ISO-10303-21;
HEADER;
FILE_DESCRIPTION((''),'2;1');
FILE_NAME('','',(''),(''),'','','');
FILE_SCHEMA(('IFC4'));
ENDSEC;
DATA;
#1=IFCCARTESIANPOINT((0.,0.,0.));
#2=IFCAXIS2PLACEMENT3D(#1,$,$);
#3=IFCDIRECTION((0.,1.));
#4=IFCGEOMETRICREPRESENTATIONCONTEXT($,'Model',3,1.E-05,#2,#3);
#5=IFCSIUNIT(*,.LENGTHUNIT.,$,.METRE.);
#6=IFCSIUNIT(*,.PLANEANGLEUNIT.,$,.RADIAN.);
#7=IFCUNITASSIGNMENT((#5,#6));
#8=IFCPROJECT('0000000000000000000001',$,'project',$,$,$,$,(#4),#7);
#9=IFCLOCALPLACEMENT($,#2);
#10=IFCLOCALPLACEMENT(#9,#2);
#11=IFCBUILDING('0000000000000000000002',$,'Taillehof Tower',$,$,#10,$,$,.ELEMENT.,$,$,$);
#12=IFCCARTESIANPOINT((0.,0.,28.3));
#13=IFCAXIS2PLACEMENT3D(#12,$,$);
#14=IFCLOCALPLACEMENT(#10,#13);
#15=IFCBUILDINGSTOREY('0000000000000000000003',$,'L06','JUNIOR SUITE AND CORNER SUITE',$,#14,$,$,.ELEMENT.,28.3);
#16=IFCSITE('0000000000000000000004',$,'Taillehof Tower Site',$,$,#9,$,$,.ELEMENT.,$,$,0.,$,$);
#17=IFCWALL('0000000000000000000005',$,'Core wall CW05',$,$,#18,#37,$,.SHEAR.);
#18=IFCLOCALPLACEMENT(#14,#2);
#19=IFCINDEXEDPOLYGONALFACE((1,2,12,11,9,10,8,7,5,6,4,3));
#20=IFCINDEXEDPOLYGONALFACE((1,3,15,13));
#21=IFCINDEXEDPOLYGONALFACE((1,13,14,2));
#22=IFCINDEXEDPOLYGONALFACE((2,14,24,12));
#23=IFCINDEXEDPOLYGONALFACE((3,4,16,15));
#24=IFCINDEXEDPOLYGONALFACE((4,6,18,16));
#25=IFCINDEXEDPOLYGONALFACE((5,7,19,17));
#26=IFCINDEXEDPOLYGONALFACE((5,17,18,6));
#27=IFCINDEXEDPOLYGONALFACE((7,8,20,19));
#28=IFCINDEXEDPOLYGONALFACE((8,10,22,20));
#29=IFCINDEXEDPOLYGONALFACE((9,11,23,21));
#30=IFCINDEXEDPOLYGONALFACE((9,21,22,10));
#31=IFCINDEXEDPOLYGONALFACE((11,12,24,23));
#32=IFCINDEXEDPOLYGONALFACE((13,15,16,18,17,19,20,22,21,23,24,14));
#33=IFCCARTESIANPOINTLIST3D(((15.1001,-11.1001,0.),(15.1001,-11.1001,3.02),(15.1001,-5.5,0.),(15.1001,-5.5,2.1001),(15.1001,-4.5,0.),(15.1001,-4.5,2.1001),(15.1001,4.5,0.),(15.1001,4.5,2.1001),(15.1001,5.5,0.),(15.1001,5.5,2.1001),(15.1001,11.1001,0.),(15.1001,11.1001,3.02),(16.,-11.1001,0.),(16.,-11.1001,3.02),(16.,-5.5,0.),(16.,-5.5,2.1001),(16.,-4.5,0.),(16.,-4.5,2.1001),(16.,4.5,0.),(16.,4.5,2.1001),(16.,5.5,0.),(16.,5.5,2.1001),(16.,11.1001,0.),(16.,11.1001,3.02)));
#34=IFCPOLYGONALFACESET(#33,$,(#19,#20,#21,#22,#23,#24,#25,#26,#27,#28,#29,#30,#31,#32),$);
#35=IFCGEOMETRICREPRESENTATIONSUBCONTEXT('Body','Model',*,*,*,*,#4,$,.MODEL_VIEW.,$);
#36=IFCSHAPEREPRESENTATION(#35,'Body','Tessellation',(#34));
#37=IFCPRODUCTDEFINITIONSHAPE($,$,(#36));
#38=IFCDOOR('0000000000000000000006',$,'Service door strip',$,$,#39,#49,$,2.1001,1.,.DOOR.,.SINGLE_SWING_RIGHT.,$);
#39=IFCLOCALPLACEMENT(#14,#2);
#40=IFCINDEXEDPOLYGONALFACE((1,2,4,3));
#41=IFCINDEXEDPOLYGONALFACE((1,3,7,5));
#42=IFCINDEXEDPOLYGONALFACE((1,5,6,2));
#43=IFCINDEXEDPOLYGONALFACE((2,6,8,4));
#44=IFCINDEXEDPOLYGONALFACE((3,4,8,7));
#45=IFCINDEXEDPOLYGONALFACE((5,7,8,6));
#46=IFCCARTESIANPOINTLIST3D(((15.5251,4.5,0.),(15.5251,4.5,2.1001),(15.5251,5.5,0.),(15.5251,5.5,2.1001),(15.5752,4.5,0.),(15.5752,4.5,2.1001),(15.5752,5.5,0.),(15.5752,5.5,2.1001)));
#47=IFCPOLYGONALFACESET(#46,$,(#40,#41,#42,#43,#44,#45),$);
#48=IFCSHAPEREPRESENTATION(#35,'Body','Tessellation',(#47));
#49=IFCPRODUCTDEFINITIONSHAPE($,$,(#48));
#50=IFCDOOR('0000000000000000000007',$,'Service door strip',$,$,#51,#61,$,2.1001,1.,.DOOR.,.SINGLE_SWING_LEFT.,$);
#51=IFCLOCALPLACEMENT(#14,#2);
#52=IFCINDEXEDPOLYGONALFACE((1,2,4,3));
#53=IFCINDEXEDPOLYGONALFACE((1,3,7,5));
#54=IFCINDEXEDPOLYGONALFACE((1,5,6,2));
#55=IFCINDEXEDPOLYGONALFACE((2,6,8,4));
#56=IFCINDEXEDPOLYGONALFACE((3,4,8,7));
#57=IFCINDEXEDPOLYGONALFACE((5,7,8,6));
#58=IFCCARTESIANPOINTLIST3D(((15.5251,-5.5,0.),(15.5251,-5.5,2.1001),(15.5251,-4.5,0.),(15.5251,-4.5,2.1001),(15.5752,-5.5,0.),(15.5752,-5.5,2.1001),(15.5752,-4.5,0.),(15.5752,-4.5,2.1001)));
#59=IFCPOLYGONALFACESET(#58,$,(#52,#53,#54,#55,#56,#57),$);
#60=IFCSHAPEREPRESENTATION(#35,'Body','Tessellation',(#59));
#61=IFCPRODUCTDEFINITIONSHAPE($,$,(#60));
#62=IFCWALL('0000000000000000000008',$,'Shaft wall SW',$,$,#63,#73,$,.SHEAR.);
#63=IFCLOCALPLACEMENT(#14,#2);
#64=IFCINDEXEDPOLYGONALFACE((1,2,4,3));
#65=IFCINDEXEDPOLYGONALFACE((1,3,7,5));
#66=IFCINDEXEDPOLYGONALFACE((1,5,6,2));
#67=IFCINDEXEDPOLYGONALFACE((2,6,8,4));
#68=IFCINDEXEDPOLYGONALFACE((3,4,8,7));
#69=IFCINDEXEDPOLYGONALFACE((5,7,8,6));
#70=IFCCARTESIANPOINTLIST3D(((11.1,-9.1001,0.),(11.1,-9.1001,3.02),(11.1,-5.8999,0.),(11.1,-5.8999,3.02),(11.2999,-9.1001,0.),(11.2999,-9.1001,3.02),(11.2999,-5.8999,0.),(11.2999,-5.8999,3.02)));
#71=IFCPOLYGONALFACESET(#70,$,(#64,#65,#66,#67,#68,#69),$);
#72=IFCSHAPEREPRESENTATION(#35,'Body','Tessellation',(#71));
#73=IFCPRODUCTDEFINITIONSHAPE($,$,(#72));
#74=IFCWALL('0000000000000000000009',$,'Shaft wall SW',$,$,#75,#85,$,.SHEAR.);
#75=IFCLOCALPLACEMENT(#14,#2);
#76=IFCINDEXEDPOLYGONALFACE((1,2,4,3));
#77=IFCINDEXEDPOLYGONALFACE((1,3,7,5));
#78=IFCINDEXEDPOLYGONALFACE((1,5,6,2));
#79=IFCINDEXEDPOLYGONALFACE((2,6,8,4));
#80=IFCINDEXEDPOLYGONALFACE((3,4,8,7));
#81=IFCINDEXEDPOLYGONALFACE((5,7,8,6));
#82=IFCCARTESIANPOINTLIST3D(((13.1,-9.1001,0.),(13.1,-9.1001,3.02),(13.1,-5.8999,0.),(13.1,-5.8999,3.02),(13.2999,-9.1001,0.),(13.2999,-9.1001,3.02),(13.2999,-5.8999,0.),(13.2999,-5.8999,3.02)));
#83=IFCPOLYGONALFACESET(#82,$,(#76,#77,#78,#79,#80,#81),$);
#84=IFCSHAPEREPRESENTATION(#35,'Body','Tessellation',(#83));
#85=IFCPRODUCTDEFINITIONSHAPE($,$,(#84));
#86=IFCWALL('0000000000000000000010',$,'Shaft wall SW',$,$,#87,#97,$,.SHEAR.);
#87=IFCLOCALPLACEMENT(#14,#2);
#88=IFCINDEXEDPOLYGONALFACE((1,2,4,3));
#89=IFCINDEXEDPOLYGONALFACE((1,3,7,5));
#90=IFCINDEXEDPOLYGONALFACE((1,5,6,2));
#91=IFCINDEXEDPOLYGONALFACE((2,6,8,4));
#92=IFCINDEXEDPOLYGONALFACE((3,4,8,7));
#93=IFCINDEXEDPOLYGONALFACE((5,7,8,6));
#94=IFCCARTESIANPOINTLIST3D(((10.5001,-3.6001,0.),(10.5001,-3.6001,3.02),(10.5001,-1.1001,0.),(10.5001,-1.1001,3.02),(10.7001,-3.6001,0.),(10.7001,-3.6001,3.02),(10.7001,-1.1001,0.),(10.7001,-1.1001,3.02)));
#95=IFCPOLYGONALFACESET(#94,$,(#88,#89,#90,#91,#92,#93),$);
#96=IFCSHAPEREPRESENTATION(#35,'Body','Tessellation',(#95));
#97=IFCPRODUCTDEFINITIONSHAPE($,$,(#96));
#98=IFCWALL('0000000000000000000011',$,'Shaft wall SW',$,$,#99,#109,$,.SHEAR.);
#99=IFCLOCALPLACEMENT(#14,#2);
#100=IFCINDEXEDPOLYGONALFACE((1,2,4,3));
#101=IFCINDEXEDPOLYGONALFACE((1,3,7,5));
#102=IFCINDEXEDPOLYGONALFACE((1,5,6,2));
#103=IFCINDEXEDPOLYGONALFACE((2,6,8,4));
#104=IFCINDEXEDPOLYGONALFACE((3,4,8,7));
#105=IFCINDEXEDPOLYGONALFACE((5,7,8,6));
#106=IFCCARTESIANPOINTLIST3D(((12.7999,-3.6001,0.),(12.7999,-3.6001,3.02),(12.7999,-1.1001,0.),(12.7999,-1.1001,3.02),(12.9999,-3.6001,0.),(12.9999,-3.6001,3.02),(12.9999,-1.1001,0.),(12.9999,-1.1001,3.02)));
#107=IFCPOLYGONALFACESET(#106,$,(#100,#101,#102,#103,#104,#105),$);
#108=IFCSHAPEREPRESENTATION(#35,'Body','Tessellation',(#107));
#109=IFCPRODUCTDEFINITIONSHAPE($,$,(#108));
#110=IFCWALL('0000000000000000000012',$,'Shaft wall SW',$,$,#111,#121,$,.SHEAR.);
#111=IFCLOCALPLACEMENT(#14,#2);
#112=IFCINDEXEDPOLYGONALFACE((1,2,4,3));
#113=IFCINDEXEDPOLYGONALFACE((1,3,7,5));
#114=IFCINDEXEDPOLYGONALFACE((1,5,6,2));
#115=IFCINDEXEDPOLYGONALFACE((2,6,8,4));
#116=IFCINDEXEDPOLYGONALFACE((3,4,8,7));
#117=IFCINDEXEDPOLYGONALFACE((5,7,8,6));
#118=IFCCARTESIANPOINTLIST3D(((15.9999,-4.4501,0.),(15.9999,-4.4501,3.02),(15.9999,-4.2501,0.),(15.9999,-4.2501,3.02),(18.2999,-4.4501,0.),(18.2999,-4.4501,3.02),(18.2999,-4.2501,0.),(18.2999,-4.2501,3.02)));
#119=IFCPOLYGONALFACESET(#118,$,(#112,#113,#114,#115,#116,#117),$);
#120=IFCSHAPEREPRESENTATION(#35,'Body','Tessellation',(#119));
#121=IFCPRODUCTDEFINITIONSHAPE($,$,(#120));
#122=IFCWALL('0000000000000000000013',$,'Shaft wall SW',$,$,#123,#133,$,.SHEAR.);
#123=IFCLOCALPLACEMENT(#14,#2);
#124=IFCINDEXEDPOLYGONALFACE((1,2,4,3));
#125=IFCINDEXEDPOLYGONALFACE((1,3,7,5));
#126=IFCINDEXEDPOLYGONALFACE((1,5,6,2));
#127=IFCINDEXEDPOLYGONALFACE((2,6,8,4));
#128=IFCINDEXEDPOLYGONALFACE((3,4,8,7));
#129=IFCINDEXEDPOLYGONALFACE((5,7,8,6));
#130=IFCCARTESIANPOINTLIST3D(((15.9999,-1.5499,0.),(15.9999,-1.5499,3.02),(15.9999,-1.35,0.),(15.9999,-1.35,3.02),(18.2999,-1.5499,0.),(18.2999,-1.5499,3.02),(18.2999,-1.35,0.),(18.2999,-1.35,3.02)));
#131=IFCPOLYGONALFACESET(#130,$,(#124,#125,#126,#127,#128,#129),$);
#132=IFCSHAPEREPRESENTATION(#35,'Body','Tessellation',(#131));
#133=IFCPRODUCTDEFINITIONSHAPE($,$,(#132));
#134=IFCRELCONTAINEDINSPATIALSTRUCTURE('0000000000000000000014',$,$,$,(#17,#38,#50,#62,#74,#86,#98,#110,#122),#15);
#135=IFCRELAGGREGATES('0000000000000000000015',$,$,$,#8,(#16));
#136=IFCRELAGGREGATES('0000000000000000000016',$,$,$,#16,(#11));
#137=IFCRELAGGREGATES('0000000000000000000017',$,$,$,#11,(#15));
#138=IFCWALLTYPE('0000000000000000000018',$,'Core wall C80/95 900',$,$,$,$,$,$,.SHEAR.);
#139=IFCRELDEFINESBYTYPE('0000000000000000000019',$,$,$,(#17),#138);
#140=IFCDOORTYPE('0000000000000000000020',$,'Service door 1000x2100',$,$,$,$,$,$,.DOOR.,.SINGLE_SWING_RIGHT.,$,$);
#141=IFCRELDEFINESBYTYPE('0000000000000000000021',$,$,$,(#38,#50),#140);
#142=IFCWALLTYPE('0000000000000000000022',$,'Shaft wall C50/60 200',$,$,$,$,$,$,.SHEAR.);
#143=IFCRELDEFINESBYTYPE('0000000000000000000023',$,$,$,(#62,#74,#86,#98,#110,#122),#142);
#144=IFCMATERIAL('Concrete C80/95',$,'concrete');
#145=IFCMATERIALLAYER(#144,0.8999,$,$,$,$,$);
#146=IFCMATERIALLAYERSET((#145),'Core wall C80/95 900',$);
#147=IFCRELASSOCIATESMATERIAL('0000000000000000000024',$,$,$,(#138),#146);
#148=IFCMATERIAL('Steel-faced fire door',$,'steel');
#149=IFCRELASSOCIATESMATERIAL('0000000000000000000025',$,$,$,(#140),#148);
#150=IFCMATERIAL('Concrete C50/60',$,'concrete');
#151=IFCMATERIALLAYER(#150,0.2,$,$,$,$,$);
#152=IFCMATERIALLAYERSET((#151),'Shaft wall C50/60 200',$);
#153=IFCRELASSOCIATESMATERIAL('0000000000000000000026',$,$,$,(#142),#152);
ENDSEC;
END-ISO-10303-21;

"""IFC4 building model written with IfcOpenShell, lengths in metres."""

from ifc_helpers import new_model, si_unit, direction, frame, frame_2d, origin, place, context, subcontext, project, spatial, rectangle, extrude, material, layer, layer_set, type_object, element, fill, save


model = new_model("IFC4")

# Units and contexts
model_context = context("Model", 3, precision=1e-05, world=origin(), true_north=direction((0.0, 1.0)))
body_context = subcontext(model_context, "Body", "Model", "MODEL_VIEW")
ifc_project = project(units=[si_unit("LENGTHUNIT", "METRE"), si_unit("PLANEANGLEUNIT", "RADIAN")], contexts=[model_context])

# Site, building, storey
site_placement = place(None, origin())
site = spatial("IfcSite", under=ifc_project, at=site_placement, Name="Taillehof Tower Site", CompositionType="ELEMENT", RefElevation=0.0)
building_placement = place(site_placement, origin())
building = spatial("IfcBuilding", under=site, at=building_placement, Name="Taillehof Tower", CompositionType="ELEMENT")
storey_placement = place(building_placement, frame((0.0, 0.0, 28.3)))
storey = spatial("IfcBuildingStorey", under=building, at=storey_placement, Name="L06", Description="JUNIOR SUITE AND CORNER SUITE", CompositionType="ELEMENT", Elevation=28.3)

# Wall, openings, doors
ifc_material_1 = material(Name="Concrete C80/95", Category="concrete")
ifc_layer_1 = layer(ifc_material_1, 0.8999)
ifc_layer_set_1 = layer_set([ifc_layer_1], Name="Core wall C80/95 900")
wall_type_1 = type_object("IfcWallType", Name="Core wall C80/95 900", PredefinedType="SHEAR", material=ifc_layer_set_1)
wall_1_placement = place(storey_placement, frame((15.55, -11.1001, 0.0), z_axis=(0.0, 0.0, 1.0), x_axis=(0.0, 1.0, 0.0)))
wall_1 = element("IfcWall", 1, at=wall_1_placement, inside=storey, type_object=wall_type_1, Name="Core wall CW05", PredefinedType="SHEAR", context=body_context, shape_type="SweptSolid", body=[
    extrude(rectangle(XDim=22.2002, YDim=0.8999, at=frame_2d((11.1001, 0.0))), origin(), (0.0, 0.0, 1.0), 3.02),
])
opening_1_placement = place(wall_1_placement, frame((15.6001, 0.0, 0.0)))
opening_1 = element("IfcOpeningElement", 2, at=opening_1_placement, cuts=wall_1, PredefinedType="OPENING", context=body_context, shape_type="SweptSolid", body=[
    extrude(rectangle(XDim=1.0, YDim=2.1001, at=frame_2d((0.5, 1.05))), frame((0.0, 0.46, 0.0), z_axis=(0.0, -1.0, 0.0), x_axis=(1.0, 0.0, 0.0)), (0.0, 0.0, 1.0), 0.9199),
])
opening_2_placement = place(wall_1_placement, frame((5.6001, 0.0, 0.0)))
opening_2 = element("IfcOpeningElement", 3, at=opening_2_placement, cuts=wall_1, PredefinedType="OPENING", context=body_context, shape_type="SweptSolid", body=[
    extrude(rectangle(XDim=1.0, YDim=2.1001, at=frame_2d((0.5, 1.05))), frame((0.0, 0.46, 0.0), z_axis=(0.0, -1.0, 0.0), x_axis=(1.0, 0.0, 0.0)), (0.0, 0.0, 1.0), 0.9199),
])
ifc_material_2 = material(Name="Steel-faced fire door", Category="steel")
door_type_1 = type_object("IfcDoorType", Name="Service door 1000x2100", OperationType="SINGLE_SWING_RIGHT", PredefinedType="DOOR", material=ifc_material_2)
door_1_placement = place(opening_1_placement, origin())
door_1 = element("IfcDoor", 4, at=door_1_placement, inside=storey, type_object=door_type_1, Name="Service door strip", OperationType="SINGLE_SWING_RIGHT", OverallHeight=2.1001, OverallWidth=1.0, PredefinedType="DOOR", context=body_context, shape_type="SweptSolid", body=[
    extrude(rectangle(XDim=1.0, YDim=2.1001, at=frame_2d((0.5, 1.05))), frame((0.0, 0.0249, 0.0), z_axis=(0.0, -1.0, 0.0), x_axis=(1.0, 0.0, 0.0)), (0.0, 0.0, 1.0), 0.05),
])
fill(opening_1, door_1)
door_2_placement = place(opening_2_placement, origin())
door_2 = element("IfcDoor", 5, at=door_2_placement, inside=storey, type_object=door_type_1, Name="Service door strip", OperationType="SINGLE_SWING_LEFT", OverallHeight=2.1001, OverallWidth=1.0, PredefinedType="DOOR", context=body_context, shape_type="SweptSolid", body=[
    extrude(rectangle(XDim=1.0, YDim=2.1001, at=frame_2d((0.5, 1.05))), frame((0.0, 0.0249, 0.0), z_axis=(0.0, -1.0, 0.0), x_axis=(1.0, 0.0, 0.0)), (0.0, 0.0, 1.0), 0.05),
])
fill(opening_2, door_2)

# Walls
ifc_material_3 = material(Name="Concrete C50/60", Category="concrete")
ifc_layer_2 = layer(ifc_material_3, 0.2)
ifc_layer_set_2 = layer_set([ifc_layer_2], Name="Shaft wall C50/60 200")
wall_type_2 = type_object("IfcWallType", Name="Shaft wall C50/60 200", PredefinedType="SHEAR", material=ifc_layer_set_2)
for number, where, z_axis, x_axis, name in (
    (6, (11.2, -9.1001, 0.0), (0.0, 0.0, 1.0), (0.0, 1.0, 0.0), "Shaft wall SW"),
    (7, (13.2, -9.1001, 0.0), (0.0, 0.0, 1.0), (0.0, 1.0, 0.0), "Shaft wall SW"),
):
    element("IfcWall", number, at=place(storey_placement, frame(where, z_axis=z_axis, x_axis=x_axis)), inside=storey, type_object=wall_type_2, Name=name, PredefinedType="SHEAR", context=body_context, shape_type="SweptSolid", body=[
        extrude(rectangle(XDim=3.2002, YDim=0.2, at=frame_2d((1.6001, 0.0))), origin(), (0.0, 0.0, 1.0), 3.02),
    ])
for number, where, z_axis, x_axis, name in (
    (8, (10.6001, -3.6001, 0.0), (0.0, 0.0, 1.0), (0.0, 1.0, 0.0), "Shaft wall SW"),
    (9, (12.8999, -3.6001, 0.0), (0.0, 0.0, 1.0), (0.0, 1.0, 0.0), "Shaft wall SW"),
):
    element("IfcWall", number, at=place(storey_placement, frame(where, z_axis=z_axis, x_axis=x_axis)), inside=storey, type_object=wall_type_2, Name=name, PredefinedType="SHEAR", context=body_context, shape_type="SweptSolid", body=[
        extrude(rectangle(XDim=2.5, YDim=0.2, at=frame_2d((1.25, 0.0))), origin(), (0.0, 0.0, 1.0), 3.02),
    ])
for number, where, z_axis, x_axis, name in (
    (10, (16.0, -4.3501, 0.0), (0.0, 0.0, 1.0), (1.0, 0.0, 0.0), "Shaft wall SW"),
    (11, (16.0, -1.45, 0.0), (0.0, 0.0, 1.0), (1.0, 0.0, 0.0), "Shaft wall SW"),
):
    element("IfcWall", number, at=place(storey_placement, frame(where, z_axis=z_axis, x_axis=x_axis)), inside=storey, type_object=wall_type_2, Name=name, PredefinedType="SHEAR", context=body_context, shape_type="SweptSolid", body=[
        extrude(rectangle(XDim=2.3, YDim=0.2, at=frame_2d((1.1499, 0.0))), origin(), (0.0, 0.0, 1.0), 3.02),
    ])

save(model, "model.ifc")
